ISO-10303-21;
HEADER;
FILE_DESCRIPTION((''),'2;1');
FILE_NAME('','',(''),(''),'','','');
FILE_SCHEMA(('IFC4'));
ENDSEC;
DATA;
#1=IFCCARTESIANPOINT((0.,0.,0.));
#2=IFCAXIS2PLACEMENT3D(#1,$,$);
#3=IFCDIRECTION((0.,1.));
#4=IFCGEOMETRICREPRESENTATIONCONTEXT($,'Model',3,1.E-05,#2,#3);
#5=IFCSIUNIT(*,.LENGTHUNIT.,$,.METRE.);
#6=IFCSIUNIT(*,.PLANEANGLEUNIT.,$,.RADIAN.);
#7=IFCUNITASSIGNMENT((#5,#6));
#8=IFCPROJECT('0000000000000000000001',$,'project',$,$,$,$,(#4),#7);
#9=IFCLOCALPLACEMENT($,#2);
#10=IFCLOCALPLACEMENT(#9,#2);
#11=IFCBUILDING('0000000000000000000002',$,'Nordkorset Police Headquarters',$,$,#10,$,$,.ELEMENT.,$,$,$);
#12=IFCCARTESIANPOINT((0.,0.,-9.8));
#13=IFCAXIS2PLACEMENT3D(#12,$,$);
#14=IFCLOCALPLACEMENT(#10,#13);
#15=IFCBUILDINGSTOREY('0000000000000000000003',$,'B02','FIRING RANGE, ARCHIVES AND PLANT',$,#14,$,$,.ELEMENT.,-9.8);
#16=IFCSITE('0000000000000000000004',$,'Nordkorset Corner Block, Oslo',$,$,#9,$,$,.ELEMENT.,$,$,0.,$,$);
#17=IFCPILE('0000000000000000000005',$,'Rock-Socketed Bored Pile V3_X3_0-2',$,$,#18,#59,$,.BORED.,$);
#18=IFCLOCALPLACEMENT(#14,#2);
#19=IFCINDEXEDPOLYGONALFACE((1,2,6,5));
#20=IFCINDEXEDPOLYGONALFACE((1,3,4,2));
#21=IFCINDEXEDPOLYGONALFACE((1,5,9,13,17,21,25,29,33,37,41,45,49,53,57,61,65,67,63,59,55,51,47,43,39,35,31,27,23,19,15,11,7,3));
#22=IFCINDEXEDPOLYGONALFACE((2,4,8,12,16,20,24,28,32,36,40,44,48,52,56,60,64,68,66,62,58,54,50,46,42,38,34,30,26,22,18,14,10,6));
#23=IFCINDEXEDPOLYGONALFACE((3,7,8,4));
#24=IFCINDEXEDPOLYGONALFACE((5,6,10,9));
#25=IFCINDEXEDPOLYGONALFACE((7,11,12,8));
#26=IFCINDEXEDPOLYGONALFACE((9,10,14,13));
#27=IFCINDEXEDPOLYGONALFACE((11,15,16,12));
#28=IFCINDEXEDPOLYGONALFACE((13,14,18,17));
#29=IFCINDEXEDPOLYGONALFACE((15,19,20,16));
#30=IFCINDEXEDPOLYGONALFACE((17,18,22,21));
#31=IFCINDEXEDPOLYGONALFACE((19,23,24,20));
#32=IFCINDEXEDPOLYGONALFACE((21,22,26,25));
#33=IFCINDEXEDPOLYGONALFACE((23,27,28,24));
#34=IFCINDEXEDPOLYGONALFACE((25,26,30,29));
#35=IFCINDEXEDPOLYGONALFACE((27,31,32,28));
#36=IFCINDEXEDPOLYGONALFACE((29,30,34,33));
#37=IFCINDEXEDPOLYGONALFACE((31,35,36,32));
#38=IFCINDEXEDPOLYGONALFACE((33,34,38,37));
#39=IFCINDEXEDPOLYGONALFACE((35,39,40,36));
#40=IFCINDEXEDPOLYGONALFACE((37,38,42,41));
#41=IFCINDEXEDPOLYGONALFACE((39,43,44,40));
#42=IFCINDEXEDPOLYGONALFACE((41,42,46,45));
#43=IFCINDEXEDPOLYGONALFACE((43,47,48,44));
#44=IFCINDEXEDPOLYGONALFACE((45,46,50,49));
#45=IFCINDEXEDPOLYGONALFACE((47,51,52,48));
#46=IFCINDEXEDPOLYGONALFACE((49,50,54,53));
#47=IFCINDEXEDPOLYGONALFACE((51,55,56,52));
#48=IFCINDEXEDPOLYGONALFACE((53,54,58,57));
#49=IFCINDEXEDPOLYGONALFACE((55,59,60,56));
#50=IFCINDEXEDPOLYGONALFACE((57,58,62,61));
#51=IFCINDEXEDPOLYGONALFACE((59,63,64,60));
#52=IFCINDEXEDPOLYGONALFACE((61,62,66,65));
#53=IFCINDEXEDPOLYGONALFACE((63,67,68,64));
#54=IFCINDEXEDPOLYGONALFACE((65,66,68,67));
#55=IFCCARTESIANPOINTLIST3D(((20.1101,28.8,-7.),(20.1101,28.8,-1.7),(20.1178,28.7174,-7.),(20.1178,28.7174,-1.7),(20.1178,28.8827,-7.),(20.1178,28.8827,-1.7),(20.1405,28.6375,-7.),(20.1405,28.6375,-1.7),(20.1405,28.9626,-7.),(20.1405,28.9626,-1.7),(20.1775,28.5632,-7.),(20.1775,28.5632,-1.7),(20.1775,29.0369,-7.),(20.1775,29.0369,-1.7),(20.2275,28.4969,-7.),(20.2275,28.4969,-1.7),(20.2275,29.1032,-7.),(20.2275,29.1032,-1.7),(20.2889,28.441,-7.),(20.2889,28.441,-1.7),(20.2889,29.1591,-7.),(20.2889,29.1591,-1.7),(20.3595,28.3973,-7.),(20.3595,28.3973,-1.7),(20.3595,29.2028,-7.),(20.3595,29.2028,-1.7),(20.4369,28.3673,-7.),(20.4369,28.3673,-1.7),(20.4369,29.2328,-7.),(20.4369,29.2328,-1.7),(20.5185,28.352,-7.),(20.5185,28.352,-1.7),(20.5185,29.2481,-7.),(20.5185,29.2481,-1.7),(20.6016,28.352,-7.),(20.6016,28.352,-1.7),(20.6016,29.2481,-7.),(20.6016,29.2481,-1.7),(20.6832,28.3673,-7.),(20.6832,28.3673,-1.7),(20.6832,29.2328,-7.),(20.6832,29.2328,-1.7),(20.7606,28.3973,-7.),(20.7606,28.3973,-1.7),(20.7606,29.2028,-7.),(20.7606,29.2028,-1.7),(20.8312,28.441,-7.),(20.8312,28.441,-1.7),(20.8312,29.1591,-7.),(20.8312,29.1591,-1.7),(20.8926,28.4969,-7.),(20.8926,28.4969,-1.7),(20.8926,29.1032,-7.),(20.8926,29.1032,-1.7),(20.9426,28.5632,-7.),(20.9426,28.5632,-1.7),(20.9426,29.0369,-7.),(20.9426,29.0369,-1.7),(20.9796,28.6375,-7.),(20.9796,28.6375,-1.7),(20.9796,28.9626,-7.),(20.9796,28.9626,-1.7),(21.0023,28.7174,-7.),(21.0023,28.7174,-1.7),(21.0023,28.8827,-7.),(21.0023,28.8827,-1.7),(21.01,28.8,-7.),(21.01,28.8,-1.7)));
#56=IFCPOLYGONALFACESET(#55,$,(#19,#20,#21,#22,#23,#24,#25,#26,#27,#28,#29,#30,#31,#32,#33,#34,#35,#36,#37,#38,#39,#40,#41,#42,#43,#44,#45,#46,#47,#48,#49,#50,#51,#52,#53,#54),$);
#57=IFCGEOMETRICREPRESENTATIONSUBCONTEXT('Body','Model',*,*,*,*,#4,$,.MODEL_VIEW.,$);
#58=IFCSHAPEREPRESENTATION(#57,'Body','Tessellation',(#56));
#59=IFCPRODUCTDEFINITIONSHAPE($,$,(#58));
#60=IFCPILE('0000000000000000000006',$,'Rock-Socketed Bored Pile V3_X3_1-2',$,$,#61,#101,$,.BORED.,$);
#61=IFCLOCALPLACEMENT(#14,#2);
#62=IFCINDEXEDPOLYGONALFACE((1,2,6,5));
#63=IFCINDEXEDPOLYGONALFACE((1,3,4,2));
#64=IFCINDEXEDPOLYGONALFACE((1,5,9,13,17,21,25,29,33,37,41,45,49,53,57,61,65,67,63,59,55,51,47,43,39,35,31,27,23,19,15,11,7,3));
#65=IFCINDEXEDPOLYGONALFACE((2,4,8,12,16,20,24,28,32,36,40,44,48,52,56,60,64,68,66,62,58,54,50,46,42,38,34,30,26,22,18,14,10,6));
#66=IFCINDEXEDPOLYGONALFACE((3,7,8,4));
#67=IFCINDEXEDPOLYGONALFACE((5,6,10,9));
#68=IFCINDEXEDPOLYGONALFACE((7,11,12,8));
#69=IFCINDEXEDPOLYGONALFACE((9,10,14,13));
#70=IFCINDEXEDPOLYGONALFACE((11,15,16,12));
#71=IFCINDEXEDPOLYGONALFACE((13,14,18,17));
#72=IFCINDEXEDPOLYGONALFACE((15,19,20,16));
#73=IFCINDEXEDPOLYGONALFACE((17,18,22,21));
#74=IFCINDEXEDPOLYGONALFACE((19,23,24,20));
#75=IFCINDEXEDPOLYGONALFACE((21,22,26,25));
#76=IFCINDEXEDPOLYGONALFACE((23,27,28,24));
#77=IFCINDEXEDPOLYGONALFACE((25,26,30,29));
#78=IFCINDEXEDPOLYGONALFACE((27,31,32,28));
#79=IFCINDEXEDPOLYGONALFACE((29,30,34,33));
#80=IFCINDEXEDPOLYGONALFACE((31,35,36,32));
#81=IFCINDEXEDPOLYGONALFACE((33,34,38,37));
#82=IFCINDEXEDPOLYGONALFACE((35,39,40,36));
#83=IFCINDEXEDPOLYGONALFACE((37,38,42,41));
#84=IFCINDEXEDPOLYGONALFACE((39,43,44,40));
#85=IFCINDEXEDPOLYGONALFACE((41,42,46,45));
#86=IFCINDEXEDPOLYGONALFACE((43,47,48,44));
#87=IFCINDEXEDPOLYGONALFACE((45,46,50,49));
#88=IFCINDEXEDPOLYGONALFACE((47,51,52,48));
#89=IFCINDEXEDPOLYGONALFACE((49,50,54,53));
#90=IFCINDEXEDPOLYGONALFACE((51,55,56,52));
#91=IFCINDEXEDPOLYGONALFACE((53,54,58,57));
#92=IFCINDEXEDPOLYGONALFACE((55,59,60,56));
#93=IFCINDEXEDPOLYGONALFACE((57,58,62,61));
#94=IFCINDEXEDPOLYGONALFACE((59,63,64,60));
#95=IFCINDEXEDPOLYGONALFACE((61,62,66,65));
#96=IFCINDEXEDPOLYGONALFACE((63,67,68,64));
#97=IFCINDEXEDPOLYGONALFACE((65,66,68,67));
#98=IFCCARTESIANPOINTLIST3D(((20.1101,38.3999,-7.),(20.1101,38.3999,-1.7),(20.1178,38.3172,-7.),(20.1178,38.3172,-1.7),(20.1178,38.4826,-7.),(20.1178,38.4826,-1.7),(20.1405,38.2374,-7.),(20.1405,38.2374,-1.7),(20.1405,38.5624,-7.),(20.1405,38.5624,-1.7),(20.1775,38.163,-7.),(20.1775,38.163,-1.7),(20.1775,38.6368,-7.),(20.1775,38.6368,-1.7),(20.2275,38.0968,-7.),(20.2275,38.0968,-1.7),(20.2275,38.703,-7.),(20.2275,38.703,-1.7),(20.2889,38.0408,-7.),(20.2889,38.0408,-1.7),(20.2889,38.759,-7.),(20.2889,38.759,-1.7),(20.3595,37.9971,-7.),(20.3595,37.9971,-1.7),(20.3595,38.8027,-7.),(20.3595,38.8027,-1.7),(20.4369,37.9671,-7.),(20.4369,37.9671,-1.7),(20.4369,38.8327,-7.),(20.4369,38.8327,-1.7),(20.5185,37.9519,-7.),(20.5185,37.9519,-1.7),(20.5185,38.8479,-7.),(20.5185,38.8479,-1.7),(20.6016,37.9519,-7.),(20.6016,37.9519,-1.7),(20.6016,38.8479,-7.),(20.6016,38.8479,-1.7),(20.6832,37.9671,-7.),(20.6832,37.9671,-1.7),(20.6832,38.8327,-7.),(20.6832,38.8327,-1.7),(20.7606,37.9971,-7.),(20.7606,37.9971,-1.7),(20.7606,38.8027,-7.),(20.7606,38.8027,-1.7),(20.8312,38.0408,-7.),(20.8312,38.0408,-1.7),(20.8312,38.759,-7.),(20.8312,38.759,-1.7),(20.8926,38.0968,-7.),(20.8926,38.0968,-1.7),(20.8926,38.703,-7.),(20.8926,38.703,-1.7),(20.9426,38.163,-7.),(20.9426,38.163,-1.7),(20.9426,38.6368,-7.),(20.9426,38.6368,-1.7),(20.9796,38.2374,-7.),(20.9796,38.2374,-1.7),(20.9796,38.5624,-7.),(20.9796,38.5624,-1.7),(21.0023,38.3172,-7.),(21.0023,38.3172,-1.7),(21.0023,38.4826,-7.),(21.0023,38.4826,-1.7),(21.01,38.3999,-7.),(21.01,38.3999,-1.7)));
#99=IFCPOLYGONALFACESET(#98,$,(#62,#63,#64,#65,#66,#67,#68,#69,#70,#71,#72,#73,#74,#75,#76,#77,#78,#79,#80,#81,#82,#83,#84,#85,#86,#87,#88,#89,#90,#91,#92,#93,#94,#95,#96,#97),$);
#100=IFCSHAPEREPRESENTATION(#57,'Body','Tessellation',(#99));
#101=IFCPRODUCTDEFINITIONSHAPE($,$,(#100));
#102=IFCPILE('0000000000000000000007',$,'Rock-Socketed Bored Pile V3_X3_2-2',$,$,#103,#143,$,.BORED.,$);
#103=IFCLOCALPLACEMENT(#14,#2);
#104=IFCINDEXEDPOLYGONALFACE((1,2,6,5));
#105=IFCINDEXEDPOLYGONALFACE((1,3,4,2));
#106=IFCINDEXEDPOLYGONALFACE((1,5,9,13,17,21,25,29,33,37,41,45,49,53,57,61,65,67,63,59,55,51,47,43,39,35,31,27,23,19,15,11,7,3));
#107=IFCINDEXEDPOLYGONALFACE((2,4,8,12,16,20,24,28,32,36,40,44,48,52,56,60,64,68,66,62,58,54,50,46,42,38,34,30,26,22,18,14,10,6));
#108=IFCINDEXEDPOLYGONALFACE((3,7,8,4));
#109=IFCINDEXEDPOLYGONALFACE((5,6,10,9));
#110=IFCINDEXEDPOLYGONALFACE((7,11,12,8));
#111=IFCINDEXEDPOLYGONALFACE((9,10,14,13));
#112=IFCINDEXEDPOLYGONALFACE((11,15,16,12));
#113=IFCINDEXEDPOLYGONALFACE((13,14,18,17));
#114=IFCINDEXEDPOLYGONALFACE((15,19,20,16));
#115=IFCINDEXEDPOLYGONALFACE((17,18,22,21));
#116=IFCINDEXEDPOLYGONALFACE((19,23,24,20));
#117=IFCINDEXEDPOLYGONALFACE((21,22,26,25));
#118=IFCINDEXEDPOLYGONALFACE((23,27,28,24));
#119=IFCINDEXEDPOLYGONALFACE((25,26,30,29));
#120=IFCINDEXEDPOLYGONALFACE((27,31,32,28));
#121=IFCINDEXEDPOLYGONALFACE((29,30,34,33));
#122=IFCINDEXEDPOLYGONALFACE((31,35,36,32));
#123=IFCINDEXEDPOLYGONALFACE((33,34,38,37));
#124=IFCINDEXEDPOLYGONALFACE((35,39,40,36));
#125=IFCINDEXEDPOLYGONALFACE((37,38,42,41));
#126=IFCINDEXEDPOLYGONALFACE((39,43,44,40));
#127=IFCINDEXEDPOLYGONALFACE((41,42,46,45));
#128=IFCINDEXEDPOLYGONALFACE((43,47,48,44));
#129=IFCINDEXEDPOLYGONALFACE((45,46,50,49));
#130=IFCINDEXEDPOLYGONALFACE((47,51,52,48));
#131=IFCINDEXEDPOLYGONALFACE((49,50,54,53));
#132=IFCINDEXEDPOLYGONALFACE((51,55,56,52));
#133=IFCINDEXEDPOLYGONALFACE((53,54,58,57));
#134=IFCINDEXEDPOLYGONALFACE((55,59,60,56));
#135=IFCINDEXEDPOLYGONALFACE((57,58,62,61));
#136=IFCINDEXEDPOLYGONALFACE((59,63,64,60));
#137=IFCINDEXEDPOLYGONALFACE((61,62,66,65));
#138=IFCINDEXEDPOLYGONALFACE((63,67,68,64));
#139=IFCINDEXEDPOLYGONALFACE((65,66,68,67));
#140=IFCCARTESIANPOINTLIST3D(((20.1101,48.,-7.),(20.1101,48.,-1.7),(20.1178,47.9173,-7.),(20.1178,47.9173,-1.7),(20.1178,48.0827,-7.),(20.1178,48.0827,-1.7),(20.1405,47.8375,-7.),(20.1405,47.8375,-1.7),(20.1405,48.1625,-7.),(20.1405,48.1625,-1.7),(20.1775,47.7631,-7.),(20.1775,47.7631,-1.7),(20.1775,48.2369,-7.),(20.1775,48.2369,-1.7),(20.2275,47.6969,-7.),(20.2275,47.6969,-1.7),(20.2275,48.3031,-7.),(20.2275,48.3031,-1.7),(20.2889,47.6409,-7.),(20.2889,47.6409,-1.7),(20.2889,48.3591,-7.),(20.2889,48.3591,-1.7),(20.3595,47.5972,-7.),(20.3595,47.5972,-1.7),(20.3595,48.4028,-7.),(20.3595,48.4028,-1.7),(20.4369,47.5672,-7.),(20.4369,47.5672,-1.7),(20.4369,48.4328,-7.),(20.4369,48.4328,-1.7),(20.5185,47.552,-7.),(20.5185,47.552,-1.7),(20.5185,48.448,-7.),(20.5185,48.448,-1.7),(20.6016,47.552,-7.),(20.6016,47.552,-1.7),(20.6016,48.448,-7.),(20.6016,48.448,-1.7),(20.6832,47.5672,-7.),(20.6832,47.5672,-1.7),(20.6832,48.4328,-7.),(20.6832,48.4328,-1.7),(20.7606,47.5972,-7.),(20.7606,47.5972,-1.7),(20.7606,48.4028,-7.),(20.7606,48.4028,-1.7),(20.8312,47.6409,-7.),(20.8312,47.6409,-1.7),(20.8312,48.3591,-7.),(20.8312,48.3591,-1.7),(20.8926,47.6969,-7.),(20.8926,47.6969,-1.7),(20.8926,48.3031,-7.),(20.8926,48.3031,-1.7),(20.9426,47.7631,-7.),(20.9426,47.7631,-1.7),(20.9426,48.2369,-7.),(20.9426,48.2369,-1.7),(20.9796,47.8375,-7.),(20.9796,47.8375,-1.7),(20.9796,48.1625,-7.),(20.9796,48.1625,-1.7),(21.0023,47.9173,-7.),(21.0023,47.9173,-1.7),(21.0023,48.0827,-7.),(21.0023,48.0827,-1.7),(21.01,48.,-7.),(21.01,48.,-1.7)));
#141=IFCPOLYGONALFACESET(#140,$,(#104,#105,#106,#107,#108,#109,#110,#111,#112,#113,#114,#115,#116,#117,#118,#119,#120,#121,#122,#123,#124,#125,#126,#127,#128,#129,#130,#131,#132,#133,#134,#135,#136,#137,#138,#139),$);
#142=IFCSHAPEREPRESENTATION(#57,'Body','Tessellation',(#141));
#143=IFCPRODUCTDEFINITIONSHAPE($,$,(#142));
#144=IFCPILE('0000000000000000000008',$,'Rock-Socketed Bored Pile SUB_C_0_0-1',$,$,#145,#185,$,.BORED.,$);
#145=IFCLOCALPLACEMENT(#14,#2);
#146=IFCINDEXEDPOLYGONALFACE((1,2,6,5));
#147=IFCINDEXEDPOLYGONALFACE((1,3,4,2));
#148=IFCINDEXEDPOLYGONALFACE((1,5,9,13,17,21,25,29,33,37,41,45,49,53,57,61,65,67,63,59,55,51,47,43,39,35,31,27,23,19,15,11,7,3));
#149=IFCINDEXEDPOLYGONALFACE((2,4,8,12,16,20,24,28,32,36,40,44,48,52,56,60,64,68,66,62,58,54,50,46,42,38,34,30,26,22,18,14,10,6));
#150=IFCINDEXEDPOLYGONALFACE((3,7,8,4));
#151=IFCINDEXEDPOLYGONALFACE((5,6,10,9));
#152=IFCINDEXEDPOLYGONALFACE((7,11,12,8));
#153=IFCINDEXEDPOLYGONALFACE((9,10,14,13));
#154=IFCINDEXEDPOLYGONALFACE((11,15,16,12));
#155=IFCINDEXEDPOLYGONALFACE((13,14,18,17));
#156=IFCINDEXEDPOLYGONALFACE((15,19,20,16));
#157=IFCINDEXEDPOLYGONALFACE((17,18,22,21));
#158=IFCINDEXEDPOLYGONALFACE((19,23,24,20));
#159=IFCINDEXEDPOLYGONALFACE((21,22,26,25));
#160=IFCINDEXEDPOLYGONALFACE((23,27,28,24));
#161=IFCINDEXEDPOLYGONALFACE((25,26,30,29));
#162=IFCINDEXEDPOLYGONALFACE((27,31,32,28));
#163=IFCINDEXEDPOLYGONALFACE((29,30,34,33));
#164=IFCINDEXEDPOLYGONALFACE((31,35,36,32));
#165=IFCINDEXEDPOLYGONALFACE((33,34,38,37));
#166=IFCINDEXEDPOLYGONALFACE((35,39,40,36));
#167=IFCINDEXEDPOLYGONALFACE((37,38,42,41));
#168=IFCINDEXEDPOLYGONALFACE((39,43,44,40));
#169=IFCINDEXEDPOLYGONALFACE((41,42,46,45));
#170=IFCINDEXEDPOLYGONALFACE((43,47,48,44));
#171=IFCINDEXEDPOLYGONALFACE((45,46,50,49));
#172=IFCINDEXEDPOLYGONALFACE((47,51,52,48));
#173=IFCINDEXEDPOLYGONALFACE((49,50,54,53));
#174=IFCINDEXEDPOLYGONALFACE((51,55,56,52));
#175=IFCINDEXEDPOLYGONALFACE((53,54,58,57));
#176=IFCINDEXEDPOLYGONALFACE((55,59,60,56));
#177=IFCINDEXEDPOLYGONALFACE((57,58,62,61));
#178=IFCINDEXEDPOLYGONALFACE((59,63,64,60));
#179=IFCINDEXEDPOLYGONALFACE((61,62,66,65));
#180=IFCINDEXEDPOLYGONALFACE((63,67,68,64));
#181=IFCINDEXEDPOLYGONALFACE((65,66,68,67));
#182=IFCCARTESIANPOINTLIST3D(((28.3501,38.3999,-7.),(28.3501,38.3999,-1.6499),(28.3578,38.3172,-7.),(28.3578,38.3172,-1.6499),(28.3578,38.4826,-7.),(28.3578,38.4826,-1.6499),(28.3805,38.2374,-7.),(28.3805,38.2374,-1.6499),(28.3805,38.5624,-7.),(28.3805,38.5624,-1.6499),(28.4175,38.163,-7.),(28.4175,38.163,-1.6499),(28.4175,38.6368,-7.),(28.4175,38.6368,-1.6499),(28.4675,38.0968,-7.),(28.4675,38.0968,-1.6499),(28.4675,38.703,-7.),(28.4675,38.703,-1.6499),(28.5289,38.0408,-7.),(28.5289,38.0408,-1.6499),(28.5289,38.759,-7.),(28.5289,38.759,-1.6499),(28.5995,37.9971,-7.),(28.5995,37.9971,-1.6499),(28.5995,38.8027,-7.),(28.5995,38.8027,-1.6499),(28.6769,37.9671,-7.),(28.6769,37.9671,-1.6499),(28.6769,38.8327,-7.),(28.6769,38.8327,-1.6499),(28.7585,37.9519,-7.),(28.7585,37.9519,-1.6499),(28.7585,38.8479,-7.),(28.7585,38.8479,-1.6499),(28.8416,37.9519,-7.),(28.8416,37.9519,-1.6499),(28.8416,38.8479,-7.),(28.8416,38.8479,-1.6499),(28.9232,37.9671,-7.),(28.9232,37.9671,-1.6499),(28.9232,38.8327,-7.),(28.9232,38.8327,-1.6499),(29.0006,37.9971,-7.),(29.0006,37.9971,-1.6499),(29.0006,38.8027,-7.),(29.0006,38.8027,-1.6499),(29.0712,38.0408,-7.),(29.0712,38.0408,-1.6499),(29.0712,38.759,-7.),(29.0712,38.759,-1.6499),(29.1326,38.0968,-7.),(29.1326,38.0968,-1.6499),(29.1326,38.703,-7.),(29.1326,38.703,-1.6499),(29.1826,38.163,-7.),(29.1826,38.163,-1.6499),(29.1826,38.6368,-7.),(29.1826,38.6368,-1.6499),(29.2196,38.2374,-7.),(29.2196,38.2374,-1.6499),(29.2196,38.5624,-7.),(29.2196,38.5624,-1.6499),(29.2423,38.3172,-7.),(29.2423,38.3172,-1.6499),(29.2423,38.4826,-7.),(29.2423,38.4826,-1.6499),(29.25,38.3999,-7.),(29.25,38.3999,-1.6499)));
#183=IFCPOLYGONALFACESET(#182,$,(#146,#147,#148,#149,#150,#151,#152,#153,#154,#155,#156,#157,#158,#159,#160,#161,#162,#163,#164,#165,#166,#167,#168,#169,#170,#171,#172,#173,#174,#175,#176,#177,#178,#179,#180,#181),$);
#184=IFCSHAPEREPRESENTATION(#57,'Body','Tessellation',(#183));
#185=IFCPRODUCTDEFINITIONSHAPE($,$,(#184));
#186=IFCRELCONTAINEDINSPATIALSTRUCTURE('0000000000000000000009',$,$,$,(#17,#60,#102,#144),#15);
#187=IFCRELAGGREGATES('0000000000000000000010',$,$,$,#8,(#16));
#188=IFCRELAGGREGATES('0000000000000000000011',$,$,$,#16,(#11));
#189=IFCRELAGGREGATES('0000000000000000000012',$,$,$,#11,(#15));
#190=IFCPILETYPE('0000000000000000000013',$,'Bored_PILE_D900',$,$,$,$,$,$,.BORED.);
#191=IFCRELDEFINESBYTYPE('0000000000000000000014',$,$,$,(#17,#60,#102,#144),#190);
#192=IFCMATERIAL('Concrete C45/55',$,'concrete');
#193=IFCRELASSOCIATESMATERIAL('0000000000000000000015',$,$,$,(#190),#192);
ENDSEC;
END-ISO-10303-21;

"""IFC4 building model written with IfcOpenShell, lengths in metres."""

from ifc_helpers import new_model, si_unit, direction, frame, origin, origin_2d, place, context, subcontext, project, spatial, circle, extrude, material, material_profile, profile_set, type_object, element, save


model = new_model("IFC4")

# Units and contexts
model_context = context("Model", 3, precision=1e-05, world=origin(), true_north=direction((0.0, 1.0)))
body_context = subcontext(model_context, "Body", "Model", "MODEL_VIEW")
ifc_project = project(units=[si_unit("LENGTHUNIT", "METRE"), si_unit("PLANEANGLEUNIT", "RADIAN")], contexts=[model_context])

# Site, building, storey
site_placement = place(None, origin())
site = spatial("IfcSite", under=ifc_project, at=site_placement, Name="Nordkorset Corner Block, Oslo", CompositionType="ELEMENT", RefElevation=0.0)
building_placement = place(site_placement, origin())
building = spatial("IfcBuilding", under=site, at=building_placement, Name="Nordkorset Police Headquarters", CompositionType="ELEMENT")
storey_placement = place(building_placement, frame((0.0, 0.0, -9.8)))
storey = spatial("IfcBuildingStorey", under=building, at=storey_placement, Name="B02", Description="FIRING RANGE, ARCHIVES AND PLANT", CompositionType="ELEMENT", Elevation=-9.8)

# Piles
ifc_material_1 = material(Name="Concrete C45/55", Category="concrete")
ifc_material_profile_1 = material_profile(ifc_material_1, circle(Radius=0.45, at=origin_2d()), Name="PILE D900")
ifc_profile_set_1 = profile_set([ifc_material_profile_1], Name="Concrete C45/55")
pile_type = type_object("IfcPileType", Name="Bored_PILE_D900", PredefinedType="BORED", material=ifc_profile_set_1)
for number, where, z_axis, x_axis, name in (
    (1, (20.5601, 28.8, -1.7), (0.0, 0.0, -1.0), (1.0, 0.0, 0.0), "Rock-Socketed Bored Pile V3_X3_0-2"),
    (2, (20.5601, 38.3999, -1.7), (0.0, 0.0, -1.0), (1.0, 0.0, 0.0), "Rock-Socketed Bored Pile V3_X3_1-2"),
    (3, (20.5601, 48.0, -1.7), (0.0, 0.0, -1.0), (1.0, 0.0, 0.0), "Rock-Socketed Bored Pile V3_X3_2-2"),
):
    element("IfcPile", number, at=place(storey_placement, frame(where, z_axis=z_axis, x_axis=x_axis)), inside=storey, type_object=pile_type, Name=name, PredefinedType="BORED", context=body_context, shape_type="SweptSolid", body=[
        extrude(circle(Radius=0.45, at=origin_2d()), origin(), (0.0, 0.0, 1.0), 5.3),
    ])
for number, where, z_axis, x_axis, name in (
    (4, (28.8, 38.3999, -1.6499), (0.0, 0.0, -1.0), (1.0, 0.0, 0.0), "Rock-Socketed Bored Pile SUB_C_0_0-1"),
):
    element("IfcPile", number, at=place(storey_placement, frame(where, z_axis=z_axis, x_axis=x_axis)), inside=storey, type_object=pile_type, Name=name, PredefinedType="BORED", context=body_context, shape_type="SweptSolid", body=[
        extrude(circle(Radius=0.45, at=origin_2d()), origin(), (0.0, 0.0, 1.0), 5.3501),
    ])

save(model, "model.ifc")
